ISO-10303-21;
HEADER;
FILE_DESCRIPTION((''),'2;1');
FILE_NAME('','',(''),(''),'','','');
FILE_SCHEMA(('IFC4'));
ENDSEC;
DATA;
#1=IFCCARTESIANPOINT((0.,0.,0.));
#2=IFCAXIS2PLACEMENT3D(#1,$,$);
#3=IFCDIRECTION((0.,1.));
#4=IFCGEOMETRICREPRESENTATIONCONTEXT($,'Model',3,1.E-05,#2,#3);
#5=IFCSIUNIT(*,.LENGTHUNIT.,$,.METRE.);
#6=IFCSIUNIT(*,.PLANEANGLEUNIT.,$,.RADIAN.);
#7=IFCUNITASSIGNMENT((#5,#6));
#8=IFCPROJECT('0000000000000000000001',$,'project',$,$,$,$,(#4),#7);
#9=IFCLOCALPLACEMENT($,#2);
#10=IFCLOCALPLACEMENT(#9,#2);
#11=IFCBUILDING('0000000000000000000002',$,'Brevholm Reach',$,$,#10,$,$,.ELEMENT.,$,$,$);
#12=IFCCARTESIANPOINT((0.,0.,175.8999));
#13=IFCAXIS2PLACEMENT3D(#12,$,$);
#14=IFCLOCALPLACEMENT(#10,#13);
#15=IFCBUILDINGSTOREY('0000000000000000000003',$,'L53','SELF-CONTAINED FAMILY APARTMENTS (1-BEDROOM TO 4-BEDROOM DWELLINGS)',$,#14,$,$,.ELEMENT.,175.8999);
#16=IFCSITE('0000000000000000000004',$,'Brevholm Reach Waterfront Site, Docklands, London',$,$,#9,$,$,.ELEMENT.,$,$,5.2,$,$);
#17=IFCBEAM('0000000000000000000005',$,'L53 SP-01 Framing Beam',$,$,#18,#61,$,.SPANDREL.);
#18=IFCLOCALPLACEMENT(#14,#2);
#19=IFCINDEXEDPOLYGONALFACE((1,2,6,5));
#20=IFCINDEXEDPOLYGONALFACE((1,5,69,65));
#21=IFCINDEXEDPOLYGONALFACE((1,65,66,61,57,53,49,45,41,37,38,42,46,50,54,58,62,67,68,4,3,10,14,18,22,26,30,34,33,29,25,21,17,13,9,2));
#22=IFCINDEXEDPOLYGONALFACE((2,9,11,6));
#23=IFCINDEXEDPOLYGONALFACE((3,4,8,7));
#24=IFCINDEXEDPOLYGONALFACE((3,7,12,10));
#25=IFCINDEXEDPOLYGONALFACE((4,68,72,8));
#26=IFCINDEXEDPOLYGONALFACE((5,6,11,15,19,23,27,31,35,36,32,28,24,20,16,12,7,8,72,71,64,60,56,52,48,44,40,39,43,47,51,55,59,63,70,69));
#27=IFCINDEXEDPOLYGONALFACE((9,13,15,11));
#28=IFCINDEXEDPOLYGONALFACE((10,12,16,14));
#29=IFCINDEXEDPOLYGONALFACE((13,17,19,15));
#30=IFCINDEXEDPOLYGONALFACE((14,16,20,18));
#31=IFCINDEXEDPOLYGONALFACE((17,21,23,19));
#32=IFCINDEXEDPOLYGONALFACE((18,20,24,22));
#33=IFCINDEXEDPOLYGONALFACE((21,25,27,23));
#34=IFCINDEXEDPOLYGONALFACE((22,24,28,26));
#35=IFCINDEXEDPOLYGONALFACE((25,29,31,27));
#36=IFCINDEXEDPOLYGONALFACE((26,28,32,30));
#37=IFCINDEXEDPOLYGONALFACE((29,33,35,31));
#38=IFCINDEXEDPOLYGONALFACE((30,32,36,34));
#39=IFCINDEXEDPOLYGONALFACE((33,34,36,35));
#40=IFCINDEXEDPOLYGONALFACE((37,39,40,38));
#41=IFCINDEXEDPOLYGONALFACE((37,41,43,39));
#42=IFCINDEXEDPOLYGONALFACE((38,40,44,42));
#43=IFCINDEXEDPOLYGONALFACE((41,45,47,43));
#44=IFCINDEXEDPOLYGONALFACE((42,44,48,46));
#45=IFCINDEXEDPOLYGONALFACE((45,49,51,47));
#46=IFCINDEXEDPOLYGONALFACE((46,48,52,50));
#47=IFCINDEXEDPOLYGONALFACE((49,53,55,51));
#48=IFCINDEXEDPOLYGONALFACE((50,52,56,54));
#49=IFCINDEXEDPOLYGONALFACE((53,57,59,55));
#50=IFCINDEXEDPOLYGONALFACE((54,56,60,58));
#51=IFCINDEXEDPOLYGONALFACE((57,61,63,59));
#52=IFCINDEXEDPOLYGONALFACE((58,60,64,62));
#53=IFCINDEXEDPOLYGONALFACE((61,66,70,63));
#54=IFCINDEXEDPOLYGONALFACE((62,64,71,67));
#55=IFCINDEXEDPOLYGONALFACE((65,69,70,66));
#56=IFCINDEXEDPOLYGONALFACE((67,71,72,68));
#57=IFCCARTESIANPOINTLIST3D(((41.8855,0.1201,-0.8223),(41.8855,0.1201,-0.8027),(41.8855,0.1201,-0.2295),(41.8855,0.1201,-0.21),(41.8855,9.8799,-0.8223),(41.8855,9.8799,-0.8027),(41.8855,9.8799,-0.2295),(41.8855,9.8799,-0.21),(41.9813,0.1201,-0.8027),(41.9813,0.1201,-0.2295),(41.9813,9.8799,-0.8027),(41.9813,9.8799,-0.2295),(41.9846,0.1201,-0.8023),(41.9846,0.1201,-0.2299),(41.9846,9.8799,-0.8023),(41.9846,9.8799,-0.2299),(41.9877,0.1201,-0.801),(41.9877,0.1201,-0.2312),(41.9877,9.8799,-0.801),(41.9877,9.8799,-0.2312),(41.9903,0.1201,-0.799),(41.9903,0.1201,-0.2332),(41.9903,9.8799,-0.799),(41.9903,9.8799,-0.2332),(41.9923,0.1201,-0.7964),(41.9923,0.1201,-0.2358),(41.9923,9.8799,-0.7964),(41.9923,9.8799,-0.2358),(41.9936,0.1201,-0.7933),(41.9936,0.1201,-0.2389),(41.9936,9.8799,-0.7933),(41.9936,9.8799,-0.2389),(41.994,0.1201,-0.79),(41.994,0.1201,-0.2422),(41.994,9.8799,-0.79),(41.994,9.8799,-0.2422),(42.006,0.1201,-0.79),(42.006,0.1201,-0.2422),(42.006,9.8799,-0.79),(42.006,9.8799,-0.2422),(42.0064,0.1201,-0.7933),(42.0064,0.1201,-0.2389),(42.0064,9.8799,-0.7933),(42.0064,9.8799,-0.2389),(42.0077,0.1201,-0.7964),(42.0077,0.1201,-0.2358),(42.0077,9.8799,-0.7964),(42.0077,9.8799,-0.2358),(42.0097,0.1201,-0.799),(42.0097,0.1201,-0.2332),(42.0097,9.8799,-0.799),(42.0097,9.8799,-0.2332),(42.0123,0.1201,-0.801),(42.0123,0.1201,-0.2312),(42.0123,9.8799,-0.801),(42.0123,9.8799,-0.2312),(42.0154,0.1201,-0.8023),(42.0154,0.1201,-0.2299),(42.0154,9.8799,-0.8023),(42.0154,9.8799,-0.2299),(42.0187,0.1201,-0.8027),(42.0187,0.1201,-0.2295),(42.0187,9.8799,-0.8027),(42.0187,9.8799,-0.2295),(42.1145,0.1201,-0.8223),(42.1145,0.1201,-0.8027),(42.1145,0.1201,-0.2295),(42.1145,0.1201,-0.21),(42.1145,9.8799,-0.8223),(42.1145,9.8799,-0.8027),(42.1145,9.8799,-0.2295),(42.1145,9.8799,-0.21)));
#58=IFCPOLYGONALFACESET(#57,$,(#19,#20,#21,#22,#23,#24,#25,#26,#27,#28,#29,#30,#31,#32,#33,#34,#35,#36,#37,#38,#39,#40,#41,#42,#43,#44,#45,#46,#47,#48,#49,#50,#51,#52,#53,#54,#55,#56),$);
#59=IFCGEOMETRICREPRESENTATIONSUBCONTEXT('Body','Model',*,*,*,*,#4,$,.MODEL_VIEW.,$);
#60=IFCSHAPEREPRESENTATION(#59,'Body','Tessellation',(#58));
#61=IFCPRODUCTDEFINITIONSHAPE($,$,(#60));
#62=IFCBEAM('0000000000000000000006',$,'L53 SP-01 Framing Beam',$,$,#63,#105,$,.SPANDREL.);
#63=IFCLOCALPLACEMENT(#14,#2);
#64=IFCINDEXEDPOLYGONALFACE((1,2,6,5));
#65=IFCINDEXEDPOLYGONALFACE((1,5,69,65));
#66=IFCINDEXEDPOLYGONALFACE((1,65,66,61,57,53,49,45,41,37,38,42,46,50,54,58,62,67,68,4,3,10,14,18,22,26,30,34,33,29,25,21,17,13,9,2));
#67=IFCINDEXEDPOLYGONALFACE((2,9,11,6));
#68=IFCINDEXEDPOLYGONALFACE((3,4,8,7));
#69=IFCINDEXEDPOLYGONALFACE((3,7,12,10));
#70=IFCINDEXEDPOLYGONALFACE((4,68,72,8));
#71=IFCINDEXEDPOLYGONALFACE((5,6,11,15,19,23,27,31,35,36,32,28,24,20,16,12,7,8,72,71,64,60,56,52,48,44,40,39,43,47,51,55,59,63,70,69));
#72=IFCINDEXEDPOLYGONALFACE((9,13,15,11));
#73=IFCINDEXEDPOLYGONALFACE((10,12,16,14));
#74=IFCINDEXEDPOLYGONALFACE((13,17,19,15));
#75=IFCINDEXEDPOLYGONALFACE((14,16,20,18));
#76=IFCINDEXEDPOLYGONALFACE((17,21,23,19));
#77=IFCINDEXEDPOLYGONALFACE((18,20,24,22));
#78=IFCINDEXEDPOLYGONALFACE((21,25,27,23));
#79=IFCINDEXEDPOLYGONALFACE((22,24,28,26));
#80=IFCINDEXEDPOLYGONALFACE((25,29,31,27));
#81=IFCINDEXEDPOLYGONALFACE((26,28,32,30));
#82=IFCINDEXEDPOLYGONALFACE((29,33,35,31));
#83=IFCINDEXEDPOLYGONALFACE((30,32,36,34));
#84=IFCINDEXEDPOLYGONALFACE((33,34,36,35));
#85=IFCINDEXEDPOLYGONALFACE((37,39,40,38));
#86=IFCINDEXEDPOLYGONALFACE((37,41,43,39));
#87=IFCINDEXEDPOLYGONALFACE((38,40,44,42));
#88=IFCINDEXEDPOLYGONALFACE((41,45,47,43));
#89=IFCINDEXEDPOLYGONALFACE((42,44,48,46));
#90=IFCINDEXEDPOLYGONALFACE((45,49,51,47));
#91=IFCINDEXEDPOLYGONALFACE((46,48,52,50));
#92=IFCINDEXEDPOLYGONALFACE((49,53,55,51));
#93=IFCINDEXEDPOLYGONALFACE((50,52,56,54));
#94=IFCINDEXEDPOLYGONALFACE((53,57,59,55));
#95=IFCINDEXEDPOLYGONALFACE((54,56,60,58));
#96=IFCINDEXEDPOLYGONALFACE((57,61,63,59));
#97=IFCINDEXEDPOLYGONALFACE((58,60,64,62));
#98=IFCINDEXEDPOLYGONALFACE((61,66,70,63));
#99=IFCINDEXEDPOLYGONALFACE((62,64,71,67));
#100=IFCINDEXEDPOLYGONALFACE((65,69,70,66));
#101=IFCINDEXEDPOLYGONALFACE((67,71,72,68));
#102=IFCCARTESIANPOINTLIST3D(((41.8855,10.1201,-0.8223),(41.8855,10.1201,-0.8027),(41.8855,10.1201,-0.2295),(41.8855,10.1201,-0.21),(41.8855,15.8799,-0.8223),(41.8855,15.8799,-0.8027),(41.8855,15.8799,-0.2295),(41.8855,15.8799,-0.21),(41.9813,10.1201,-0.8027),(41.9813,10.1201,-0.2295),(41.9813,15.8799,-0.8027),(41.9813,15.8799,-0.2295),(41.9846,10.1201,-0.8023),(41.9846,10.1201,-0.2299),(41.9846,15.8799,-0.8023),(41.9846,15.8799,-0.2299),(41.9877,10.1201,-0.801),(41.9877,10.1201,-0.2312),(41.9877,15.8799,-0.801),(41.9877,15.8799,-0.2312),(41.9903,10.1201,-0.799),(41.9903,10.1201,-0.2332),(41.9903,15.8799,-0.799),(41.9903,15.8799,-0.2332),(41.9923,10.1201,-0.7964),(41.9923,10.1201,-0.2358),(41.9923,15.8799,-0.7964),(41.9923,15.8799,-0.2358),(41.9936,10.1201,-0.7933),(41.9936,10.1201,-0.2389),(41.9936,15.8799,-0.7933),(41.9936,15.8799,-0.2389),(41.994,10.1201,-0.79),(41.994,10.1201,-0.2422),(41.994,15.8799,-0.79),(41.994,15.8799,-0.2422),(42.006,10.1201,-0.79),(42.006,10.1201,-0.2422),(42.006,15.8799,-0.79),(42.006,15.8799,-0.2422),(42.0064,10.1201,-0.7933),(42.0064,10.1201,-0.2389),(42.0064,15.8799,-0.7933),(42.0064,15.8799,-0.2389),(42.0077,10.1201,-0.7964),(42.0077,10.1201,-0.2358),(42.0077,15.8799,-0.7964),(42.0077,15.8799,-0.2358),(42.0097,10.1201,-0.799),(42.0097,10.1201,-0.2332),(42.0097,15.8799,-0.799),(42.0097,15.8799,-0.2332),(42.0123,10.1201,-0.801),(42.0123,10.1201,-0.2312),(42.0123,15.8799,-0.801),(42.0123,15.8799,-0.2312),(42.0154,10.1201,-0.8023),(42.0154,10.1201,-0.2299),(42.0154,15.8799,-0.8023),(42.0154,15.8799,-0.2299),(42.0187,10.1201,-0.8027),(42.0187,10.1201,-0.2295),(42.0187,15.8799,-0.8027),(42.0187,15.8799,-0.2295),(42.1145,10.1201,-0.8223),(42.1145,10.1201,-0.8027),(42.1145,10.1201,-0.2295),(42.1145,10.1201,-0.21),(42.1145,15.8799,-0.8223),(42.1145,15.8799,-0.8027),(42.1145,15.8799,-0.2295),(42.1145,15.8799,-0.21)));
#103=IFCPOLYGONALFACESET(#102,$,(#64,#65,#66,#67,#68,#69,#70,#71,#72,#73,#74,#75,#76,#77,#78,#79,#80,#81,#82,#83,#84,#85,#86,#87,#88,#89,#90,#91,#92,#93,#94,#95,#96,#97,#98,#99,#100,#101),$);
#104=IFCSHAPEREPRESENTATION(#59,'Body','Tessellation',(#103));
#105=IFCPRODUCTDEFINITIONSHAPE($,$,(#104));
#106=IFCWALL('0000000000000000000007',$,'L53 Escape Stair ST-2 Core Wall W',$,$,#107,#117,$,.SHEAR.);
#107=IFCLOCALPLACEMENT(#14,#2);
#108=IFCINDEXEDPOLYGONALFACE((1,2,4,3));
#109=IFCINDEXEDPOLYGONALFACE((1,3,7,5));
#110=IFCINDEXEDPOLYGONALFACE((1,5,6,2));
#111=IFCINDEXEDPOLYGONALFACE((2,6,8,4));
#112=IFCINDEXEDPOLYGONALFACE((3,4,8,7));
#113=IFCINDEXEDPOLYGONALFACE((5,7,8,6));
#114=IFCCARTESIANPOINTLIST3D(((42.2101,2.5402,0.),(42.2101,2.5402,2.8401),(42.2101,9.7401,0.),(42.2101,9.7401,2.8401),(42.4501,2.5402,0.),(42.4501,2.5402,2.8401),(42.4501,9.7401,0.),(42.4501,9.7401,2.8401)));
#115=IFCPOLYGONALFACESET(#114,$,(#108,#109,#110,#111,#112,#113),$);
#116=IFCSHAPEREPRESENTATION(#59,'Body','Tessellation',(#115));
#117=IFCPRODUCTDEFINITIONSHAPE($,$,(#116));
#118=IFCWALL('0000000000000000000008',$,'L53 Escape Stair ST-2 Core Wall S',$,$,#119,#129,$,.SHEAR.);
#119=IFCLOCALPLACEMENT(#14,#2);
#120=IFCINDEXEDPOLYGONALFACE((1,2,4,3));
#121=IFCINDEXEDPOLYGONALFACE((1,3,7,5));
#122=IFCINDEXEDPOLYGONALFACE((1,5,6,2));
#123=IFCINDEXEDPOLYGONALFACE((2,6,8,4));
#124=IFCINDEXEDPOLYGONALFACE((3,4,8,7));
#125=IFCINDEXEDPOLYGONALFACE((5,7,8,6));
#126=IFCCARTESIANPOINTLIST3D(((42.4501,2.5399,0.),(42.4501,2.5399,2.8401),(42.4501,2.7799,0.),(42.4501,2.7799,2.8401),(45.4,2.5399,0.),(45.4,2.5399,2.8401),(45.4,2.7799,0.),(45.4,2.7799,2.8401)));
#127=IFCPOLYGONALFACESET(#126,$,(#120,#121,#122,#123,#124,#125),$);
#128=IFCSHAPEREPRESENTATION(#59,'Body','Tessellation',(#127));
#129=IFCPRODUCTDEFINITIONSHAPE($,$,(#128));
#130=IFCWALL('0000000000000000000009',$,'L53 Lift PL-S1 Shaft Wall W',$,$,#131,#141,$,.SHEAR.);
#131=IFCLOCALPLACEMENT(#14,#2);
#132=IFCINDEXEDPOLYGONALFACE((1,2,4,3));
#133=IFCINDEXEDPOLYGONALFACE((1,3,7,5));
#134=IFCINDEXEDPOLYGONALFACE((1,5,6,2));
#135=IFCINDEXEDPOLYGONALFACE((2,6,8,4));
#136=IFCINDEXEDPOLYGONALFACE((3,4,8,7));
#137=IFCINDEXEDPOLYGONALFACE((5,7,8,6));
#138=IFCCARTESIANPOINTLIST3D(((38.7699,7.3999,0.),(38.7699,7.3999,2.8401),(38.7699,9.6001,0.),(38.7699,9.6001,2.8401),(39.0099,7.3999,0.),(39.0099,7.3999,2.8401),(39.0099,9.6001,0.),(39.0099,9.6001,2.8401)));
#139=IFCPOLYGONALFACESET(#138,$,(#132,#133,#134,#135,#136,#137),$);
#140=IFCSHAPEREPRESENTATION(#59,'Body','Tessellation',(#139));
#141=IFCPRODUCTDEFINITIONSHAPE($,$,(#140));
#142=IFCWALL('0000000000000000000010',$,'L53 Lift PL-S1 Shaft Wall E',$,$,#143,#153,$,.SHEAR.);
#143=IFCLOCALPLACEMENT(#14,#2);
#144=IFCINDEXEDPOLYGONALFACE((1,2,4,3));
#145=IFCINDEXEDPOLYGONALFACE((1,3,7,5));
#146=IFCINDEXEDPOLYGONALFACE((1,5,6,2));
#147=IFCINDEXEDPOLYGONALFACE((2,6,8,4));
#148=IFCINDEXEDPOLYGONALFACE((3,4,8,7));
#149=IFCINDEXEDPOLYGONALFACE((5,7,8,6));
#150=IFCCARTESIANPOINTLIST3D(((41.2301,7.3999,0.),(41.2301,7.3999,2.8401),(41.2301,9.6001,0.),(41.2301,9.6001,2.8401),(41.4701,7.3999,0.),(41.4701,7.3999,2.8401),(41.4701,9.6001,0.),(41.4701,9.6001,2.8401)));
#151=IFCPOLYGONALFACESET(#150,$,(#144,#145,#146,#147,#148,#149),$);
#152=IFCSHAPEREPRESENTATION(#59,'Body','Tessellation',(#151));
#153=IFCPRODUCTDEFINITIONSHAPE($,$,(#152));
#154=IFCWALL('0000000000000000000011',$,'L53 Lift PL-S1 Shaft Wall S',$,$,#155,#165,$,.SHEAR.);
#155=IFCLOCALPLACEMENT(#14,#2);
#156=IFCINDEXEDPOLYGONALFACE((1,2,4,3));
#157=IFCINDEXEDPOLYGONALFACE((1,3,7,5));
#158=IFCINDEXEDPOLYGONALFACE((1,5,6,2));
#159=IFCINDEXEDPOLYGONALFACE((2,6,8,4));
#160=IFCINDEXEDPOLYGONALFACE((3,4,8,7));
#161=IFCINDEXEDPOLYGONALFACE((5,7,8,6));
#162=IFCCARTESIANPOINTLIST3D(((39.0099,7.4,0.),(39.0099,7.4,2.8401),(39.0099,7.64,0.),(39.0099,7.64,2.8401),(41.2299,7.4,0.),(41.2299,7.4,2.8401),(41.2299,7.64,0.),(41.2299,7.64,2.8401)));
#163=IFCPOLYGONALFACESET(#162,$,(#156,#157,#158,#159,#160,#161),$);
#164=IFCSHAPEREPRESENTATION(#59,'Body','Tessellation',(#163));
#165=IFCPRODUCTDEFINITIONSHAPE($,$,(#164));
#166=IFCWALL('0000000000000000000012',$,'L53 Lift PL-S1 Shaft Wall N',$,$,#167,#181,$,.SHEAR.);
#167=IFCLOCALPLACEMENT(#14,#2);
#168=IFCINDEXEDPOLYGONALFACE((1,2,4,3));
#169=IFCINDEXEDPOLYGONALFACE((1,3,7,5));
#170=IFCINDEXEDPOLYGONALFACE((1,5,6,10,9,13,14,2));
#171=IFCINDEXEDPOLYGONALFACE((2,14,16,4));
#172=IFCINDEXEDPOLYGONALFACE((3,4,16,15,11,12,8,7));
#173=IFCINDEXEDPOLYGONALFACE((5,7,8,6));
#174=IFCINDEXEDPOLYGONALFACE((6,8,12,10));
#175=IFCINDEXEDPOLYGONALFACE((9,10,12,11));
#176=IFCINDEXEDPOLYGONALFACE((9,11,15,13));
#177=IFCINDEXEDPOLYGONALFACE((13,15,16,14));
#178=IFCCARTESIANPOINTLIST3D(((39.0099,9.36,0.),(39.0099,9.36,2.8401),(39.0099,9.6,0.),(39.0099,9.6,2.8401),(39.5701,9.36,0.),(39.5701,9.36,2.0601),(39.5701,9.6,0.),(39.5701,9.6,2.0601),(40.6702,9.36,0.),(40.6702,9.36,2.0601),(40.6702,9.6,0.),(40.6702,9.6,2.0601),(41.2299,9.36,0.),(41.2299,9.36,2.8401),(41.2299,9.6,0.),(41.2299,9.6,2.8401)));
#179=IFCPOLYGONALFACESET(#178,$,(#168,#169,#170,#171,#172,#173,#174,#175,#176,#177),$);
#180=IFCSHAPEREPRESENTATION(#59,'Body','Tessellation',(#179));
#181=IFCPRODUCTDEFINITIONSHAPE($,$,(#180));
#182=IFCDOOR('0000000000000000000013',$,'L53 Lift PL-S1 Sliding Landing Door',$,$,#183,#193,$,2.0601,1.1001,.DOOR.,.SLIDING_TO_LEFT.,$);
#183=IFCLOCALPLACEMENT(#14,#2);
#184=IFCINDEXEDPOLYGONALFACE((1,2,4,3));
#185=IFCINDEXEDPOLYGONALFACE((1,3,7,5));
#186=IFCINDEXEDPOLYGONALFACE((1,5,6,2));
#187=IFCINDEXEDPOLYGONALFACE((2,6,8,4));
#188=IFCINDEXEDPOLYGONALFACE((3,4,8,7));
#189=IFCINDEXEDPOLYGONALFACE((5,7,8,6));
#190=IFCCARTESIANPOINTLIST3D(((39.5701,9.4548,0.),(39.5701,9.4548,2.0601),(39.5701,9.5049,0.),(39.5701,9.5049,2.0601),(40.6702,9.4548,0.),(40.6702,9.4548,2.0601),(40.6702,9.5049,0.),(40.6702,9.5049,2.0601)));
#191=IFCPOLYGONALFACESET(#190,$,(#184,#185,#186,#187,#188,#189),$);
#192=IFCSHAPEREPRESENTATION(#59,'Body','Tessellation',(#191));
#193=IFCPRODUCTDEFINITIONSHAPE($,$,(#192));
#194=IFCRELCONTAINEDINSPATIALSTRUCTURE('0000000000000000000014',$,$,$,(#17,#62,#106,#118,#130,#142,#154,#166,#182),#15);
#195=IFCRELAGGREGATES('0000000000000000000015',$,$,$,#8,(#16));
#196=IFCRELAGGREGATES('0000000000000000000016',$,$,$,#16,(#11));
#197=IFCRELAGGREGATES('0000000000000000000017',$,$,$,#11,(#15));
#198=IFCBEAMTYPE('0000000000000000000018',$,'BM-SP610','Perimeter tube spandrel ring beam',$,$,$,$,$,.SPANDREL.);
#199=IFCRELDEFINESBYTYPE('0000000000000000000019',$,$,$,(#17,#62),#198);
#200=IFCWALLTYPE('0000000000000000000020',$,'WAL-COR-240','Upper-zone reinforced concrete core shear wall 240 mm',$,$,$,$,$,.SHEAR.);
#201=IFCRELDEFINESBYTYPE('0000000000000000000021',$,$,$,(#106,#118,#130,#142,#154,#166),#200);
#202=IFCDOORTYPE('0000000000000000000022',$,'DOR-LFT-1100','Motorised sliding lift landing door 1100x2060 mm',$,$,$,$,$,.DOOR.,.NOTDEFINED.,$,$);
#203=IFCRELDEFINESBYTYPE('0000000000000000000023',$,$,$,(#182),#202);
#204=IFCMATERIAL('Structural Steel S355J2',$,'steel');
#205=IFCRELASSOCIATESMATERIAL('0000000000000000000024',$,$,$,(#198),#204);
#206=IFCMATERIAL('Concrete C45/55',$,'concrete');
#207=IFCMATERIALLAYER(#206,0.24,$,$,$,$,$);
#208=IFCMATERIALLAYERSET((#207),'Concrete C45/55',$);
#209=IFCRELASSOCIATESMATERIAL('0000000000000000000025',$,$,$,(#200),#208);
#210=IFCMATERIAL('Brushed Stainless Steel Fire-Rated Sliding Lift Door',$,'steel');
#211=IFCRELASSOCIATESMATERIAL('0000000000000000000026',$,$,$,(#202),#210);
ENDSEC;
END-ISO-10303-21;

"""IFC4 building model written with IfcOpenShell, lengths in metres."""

from ifc_helpers import new_model, si_unit, direction, frame, frame_2d, origin, origin_2d, place, context, subcontext, project, spatial, rectangle, i_section, extrude, material, layer, layer_set, material_profile, profile_set, type_object, element, fill, save


model = new_model("IFC4")

# Units and contexts
model_context = context("Model", 3, precision=1e-05, world=origin(), true_north=direction((0.0, 1.0)))
body_context = subcontext(model_context, "Body", "Model", "MODEL_VIEW")
ifc_project = project(units=[si_unit("LENGTHUNIT", "METRE"), si_unit("PLANEANGLEUNIT", "RADIAN")], contexts=[model_context])

# Site, building, storey
site_placement = place(None, origin())
site = spatial("IfcSite", under=ifc_project, at=site_placement, Name="Brevholm Reach Waterfront Site, Docklands, London", CompositionType="ELEMENT", RefElevation=5.2)
building_placement = place(site_placement, origin())
building = spatial("IfcBuilding", under=site, at=building_placement, Name="Brevholm Reach", CompositionType="ELEMENT")
storey_placement = place(building_placement, frame((0.0, 0.0, 175.8999)))
storey = spatial("IfcBuildingStorey", under=building, at=storey_placement, Name="L53", Description="SELF-CONTAINED FAMILY APARTMENTS (1-BEDROOM TO 4-BEDROOM DWELLINGS)", CompositionType="ELEMENT", Elevation=175.8999)

# Beams
ifc_material_1 = material(Name="Structural Steel S355J2", Category="steel")
ifc_material_profile_1 = material_profile(ifc_material_1, i_section(OverallWidth=0.229, OverallDepth=0.6123, WebThickness=0.012, FlangeThickness=0.0195, FilletRadius=0.0127, at=origin_2d()), Name="UKB 610x229x125")
ifc_profile_set_1 = profile_set([ifc_material_profile_1], Name="Structural Steel S355J2")
beam_type_1 = type_object("IfcBeamType", Name="BM-SP610", Description="Perimeter tube spandrel ring beam", PredefinedType="SPANDREL", material=ifc_profile_set_1)
beam_1_placement = place(storey_placement, frame((42.0, 0.1201, -0.5161), z_axis=(0.0, 1.0, 0.0), x_axis=(-1.0, 0.0, 0.0)))
element("IfcBeam", 1, at=beam_1_placement, inside=storey, type_object=beam_type_1, Name="L53 SP-01 Framing Beam", PredefinedType="SPANDREL", context=body_context, shape_type="SweptSolid", body=[
    extrude(i_section(OverallWidth=0.229, OverallDepth=0.6123, WebThickness=0.012, FlangeThickness=0.0195, FilletRadius=0.0127, at=origin_2d()), origin(), (0.0, 0.0, 1.0), 9.7598),
])
beam_2_placement = place(storey_placement, frame((42.0, 10.1201, -0.5161), z_axis=(0.0, 1.0, 0.0), x_axis=(-1.0, 0.0, 0.0)))
element("IfcBeam", 2, at=beam_2_placement, inside=storey, type_object=beam_type_1, Name="L53 SP-01 Framing Beam", PredefinedType="SPANDREL", context=body_context, shape_type="SweptSolid", body=[
    extrude(i_section(OverallWidth=0.229, OverallDepth=0.6123, WebThickness=0.012, FlangeThickness=0.0195, FilletRadius=0.0127, at=origin_2d()), origin(), (0.0, 0.0, 1.0), 5.7598),
])

# Walls
ifc_material_2 = material(Name="Concrete C45/55", Category="concrete")
ifc_layer_1 = layer(ifc_material_2, 0.24)
ifc_layer_set_1 = layer_set([ifc_layer_1], Name="Concrete C45/55")
wall_type_1 = type_object("IfcWallType", Name="WAL-COR-240", Description="Upper-zone reinforced concrete core shear wall 240 mm", PredefinedType="SHEAR", material=ifc_layer_set_1)
wall_1_placement = place(storey_placement, frame((42.3301, 2.54, 0.0), z_axis=(0.0, 0.0, 1.0), x_axis=(0.0, 1.0, 0.0)))
element("IfcWall", 3, at=wall_1_placement, inside=storey, type_object=wall_type_1, Name="L53 Escape Stair ST-2 Core Wall W", PredefinedType="SHEAR", context=body_context, shape_type="SweptSolid", body=[
    extrude(rectangle(XDim=7.2, YDim=0.24, at=frame_2d((3.6001, 0.0))), origin(), (0.0, 0.0, 1.0), 2.8401),
])
wall_2_placement = place(storey_placement, frame((42.45, 2.6599, 0.0), z_axis=(0.0, 0.0, 1.0), x_axis=(1.0, 0.0, 0.0)))
element("IfcWall", 4, at=wall_2_placement, inside=storey, type_object=wall_type_1, Name="L53 Escape Stair ST-2 Core Wall S", PredefinedType="SHEAR", context=body_context, shape_type="SweptSolid", body=[
    extrude(rectangle(XDim=2.95, YDim=0.24, at=frame_2d((1.4751, 0.0))), origin(), (0.0, 0.0, 1.0), 2.8401),
])
for number, where, z_axis, x_axis, name in (
    (5, (38.8899, 7.3999, 0.0), (0.0, 0.0, 1.0), (0.0, 1.0, 0.0), "L53 Lift PL-S1 Shaft Wall W"),
    (6, (41.3501, 7.3999, 0.0), (0.0, 0.0, 1.0), (0.0, 1.0, 0.0), "L53 Lift PL-S1 Shaft Wall E"),
):
    element("IfcWall", number, at=place(storey_placement, frame(where, z_axis=z_axis, x_axis=x_axis)), inside=storey, type_object=wall_type_1, Name=name, PredefinedType="SHEAR", context=body_context, shape_type="SweptSolid", body=[
        extrude(rectangle(XDim=2.2002, YDim=0.24, at=frame_2d((1.1001, 0.0))), origin(), (0.0, 0.0, 1.0), 2.8401),
    ])
wall_3_placement = place(storey_placement, frame((39.01, 7.52, 0.0), z_axis=(0.0, 0.0, 1.0), x_axis=(1.0, 0.0, 0.0)))
element("IfcWall", 7, at=wall_3_placement, inside=storey, type_object=wall_type_1, Name="L53 Lift PL-S1 Shaft Wall S", PredefinedType="SHEAR", context=body_context, shape_type="SweptSolid", body=[
    extrude(rectangle(XDim=2.22, YDim=0.24, at=frame_2d((1.1099, 0.0))), origin(), (0.0, 0.0, 1.0), 2.8401),
])

# Wall, opening, door
wall_4_placement = place(storey_placement, frame((39.01, 9.48, 0.0), z_axis=(0.0, 0.0, 1.0), x_axis=(1.0, 0.0, 0.0)))
wall_4 = element("IfcWall", 8, at=wall_4_placement, inside=storey, type_object=wall_type_1, Name="L53 Lift PL-S1 Shaft Wall N", PredefinedType="SHEAR", context=body_context, shape_type="SweptSolid", body=[
    extrude(rectangle(XDim=2.22, YDim=0.24, at=frame_2d((1.1099, 0.0))), origin(), (0.0, 0.0, 1.0), 2.8401),
])
opening_1_placement = place(wall_4_placement, frame((0.5601, 0.0, 0.0)))
opening_1 = element("IfcOpeningElement", 9, at=opening_1_placement, cuts=wall_4, PredefinedType="OPENING", context=body_context, shape_type="SweptSolid", body=[
    extrude(rectangle(XDim=1.1001, YDim=2.0601, at=frame_2d((0.55, 1.03))), frame((0.0, 0.1299, 0.0), z_axis=(0.0, -1.0, 0.0), x_axis=(1.0, 0.0, 0.0)), (0.0, 0.0, 1.0), 0.26),
])
ifc_material_3 = material(Name="Brushed Stainless Steel Fire-Rated Sliding Lift Door", Category="steel")
door_type_1 = type_object("IfcDoorType", Name="DOR-LFT-1100", Description="Motorised sliding lift landing door 1100x2060 mm", OperationType="NOTDEFINED", PredefinedType="DOOR", material=ifc_material_3)
door_1_placement = place(opening_1_placement, origin())
door_1 = element("IfcDoor", 10, at=door_1_placement, inside=storey, type_object=door_type_1, Name="L53 Lift PL-S1 Sliding Landing Door", OperationType="SLIDING_TO_LEFT", OverallHeight=2.0601, OverallWidth=1.1001, PredefinedType="DOOR", context=body_context, shape_type="SweptSolid", body=[
    extrude(rectangle(XDim=1.1001, YDim=2.0601, at=frame_2d((0.55, 1.03))), frame((0.0, 0.0249, 0.0), z_axis=(0.0, -1.0, 0.0), x_axis=(1.0, 0.0, 0.0)), (0.0, 0.0, 1.0), 0.05),
])
fill(opening_1, door_1)

save(model, "model.ifc")
